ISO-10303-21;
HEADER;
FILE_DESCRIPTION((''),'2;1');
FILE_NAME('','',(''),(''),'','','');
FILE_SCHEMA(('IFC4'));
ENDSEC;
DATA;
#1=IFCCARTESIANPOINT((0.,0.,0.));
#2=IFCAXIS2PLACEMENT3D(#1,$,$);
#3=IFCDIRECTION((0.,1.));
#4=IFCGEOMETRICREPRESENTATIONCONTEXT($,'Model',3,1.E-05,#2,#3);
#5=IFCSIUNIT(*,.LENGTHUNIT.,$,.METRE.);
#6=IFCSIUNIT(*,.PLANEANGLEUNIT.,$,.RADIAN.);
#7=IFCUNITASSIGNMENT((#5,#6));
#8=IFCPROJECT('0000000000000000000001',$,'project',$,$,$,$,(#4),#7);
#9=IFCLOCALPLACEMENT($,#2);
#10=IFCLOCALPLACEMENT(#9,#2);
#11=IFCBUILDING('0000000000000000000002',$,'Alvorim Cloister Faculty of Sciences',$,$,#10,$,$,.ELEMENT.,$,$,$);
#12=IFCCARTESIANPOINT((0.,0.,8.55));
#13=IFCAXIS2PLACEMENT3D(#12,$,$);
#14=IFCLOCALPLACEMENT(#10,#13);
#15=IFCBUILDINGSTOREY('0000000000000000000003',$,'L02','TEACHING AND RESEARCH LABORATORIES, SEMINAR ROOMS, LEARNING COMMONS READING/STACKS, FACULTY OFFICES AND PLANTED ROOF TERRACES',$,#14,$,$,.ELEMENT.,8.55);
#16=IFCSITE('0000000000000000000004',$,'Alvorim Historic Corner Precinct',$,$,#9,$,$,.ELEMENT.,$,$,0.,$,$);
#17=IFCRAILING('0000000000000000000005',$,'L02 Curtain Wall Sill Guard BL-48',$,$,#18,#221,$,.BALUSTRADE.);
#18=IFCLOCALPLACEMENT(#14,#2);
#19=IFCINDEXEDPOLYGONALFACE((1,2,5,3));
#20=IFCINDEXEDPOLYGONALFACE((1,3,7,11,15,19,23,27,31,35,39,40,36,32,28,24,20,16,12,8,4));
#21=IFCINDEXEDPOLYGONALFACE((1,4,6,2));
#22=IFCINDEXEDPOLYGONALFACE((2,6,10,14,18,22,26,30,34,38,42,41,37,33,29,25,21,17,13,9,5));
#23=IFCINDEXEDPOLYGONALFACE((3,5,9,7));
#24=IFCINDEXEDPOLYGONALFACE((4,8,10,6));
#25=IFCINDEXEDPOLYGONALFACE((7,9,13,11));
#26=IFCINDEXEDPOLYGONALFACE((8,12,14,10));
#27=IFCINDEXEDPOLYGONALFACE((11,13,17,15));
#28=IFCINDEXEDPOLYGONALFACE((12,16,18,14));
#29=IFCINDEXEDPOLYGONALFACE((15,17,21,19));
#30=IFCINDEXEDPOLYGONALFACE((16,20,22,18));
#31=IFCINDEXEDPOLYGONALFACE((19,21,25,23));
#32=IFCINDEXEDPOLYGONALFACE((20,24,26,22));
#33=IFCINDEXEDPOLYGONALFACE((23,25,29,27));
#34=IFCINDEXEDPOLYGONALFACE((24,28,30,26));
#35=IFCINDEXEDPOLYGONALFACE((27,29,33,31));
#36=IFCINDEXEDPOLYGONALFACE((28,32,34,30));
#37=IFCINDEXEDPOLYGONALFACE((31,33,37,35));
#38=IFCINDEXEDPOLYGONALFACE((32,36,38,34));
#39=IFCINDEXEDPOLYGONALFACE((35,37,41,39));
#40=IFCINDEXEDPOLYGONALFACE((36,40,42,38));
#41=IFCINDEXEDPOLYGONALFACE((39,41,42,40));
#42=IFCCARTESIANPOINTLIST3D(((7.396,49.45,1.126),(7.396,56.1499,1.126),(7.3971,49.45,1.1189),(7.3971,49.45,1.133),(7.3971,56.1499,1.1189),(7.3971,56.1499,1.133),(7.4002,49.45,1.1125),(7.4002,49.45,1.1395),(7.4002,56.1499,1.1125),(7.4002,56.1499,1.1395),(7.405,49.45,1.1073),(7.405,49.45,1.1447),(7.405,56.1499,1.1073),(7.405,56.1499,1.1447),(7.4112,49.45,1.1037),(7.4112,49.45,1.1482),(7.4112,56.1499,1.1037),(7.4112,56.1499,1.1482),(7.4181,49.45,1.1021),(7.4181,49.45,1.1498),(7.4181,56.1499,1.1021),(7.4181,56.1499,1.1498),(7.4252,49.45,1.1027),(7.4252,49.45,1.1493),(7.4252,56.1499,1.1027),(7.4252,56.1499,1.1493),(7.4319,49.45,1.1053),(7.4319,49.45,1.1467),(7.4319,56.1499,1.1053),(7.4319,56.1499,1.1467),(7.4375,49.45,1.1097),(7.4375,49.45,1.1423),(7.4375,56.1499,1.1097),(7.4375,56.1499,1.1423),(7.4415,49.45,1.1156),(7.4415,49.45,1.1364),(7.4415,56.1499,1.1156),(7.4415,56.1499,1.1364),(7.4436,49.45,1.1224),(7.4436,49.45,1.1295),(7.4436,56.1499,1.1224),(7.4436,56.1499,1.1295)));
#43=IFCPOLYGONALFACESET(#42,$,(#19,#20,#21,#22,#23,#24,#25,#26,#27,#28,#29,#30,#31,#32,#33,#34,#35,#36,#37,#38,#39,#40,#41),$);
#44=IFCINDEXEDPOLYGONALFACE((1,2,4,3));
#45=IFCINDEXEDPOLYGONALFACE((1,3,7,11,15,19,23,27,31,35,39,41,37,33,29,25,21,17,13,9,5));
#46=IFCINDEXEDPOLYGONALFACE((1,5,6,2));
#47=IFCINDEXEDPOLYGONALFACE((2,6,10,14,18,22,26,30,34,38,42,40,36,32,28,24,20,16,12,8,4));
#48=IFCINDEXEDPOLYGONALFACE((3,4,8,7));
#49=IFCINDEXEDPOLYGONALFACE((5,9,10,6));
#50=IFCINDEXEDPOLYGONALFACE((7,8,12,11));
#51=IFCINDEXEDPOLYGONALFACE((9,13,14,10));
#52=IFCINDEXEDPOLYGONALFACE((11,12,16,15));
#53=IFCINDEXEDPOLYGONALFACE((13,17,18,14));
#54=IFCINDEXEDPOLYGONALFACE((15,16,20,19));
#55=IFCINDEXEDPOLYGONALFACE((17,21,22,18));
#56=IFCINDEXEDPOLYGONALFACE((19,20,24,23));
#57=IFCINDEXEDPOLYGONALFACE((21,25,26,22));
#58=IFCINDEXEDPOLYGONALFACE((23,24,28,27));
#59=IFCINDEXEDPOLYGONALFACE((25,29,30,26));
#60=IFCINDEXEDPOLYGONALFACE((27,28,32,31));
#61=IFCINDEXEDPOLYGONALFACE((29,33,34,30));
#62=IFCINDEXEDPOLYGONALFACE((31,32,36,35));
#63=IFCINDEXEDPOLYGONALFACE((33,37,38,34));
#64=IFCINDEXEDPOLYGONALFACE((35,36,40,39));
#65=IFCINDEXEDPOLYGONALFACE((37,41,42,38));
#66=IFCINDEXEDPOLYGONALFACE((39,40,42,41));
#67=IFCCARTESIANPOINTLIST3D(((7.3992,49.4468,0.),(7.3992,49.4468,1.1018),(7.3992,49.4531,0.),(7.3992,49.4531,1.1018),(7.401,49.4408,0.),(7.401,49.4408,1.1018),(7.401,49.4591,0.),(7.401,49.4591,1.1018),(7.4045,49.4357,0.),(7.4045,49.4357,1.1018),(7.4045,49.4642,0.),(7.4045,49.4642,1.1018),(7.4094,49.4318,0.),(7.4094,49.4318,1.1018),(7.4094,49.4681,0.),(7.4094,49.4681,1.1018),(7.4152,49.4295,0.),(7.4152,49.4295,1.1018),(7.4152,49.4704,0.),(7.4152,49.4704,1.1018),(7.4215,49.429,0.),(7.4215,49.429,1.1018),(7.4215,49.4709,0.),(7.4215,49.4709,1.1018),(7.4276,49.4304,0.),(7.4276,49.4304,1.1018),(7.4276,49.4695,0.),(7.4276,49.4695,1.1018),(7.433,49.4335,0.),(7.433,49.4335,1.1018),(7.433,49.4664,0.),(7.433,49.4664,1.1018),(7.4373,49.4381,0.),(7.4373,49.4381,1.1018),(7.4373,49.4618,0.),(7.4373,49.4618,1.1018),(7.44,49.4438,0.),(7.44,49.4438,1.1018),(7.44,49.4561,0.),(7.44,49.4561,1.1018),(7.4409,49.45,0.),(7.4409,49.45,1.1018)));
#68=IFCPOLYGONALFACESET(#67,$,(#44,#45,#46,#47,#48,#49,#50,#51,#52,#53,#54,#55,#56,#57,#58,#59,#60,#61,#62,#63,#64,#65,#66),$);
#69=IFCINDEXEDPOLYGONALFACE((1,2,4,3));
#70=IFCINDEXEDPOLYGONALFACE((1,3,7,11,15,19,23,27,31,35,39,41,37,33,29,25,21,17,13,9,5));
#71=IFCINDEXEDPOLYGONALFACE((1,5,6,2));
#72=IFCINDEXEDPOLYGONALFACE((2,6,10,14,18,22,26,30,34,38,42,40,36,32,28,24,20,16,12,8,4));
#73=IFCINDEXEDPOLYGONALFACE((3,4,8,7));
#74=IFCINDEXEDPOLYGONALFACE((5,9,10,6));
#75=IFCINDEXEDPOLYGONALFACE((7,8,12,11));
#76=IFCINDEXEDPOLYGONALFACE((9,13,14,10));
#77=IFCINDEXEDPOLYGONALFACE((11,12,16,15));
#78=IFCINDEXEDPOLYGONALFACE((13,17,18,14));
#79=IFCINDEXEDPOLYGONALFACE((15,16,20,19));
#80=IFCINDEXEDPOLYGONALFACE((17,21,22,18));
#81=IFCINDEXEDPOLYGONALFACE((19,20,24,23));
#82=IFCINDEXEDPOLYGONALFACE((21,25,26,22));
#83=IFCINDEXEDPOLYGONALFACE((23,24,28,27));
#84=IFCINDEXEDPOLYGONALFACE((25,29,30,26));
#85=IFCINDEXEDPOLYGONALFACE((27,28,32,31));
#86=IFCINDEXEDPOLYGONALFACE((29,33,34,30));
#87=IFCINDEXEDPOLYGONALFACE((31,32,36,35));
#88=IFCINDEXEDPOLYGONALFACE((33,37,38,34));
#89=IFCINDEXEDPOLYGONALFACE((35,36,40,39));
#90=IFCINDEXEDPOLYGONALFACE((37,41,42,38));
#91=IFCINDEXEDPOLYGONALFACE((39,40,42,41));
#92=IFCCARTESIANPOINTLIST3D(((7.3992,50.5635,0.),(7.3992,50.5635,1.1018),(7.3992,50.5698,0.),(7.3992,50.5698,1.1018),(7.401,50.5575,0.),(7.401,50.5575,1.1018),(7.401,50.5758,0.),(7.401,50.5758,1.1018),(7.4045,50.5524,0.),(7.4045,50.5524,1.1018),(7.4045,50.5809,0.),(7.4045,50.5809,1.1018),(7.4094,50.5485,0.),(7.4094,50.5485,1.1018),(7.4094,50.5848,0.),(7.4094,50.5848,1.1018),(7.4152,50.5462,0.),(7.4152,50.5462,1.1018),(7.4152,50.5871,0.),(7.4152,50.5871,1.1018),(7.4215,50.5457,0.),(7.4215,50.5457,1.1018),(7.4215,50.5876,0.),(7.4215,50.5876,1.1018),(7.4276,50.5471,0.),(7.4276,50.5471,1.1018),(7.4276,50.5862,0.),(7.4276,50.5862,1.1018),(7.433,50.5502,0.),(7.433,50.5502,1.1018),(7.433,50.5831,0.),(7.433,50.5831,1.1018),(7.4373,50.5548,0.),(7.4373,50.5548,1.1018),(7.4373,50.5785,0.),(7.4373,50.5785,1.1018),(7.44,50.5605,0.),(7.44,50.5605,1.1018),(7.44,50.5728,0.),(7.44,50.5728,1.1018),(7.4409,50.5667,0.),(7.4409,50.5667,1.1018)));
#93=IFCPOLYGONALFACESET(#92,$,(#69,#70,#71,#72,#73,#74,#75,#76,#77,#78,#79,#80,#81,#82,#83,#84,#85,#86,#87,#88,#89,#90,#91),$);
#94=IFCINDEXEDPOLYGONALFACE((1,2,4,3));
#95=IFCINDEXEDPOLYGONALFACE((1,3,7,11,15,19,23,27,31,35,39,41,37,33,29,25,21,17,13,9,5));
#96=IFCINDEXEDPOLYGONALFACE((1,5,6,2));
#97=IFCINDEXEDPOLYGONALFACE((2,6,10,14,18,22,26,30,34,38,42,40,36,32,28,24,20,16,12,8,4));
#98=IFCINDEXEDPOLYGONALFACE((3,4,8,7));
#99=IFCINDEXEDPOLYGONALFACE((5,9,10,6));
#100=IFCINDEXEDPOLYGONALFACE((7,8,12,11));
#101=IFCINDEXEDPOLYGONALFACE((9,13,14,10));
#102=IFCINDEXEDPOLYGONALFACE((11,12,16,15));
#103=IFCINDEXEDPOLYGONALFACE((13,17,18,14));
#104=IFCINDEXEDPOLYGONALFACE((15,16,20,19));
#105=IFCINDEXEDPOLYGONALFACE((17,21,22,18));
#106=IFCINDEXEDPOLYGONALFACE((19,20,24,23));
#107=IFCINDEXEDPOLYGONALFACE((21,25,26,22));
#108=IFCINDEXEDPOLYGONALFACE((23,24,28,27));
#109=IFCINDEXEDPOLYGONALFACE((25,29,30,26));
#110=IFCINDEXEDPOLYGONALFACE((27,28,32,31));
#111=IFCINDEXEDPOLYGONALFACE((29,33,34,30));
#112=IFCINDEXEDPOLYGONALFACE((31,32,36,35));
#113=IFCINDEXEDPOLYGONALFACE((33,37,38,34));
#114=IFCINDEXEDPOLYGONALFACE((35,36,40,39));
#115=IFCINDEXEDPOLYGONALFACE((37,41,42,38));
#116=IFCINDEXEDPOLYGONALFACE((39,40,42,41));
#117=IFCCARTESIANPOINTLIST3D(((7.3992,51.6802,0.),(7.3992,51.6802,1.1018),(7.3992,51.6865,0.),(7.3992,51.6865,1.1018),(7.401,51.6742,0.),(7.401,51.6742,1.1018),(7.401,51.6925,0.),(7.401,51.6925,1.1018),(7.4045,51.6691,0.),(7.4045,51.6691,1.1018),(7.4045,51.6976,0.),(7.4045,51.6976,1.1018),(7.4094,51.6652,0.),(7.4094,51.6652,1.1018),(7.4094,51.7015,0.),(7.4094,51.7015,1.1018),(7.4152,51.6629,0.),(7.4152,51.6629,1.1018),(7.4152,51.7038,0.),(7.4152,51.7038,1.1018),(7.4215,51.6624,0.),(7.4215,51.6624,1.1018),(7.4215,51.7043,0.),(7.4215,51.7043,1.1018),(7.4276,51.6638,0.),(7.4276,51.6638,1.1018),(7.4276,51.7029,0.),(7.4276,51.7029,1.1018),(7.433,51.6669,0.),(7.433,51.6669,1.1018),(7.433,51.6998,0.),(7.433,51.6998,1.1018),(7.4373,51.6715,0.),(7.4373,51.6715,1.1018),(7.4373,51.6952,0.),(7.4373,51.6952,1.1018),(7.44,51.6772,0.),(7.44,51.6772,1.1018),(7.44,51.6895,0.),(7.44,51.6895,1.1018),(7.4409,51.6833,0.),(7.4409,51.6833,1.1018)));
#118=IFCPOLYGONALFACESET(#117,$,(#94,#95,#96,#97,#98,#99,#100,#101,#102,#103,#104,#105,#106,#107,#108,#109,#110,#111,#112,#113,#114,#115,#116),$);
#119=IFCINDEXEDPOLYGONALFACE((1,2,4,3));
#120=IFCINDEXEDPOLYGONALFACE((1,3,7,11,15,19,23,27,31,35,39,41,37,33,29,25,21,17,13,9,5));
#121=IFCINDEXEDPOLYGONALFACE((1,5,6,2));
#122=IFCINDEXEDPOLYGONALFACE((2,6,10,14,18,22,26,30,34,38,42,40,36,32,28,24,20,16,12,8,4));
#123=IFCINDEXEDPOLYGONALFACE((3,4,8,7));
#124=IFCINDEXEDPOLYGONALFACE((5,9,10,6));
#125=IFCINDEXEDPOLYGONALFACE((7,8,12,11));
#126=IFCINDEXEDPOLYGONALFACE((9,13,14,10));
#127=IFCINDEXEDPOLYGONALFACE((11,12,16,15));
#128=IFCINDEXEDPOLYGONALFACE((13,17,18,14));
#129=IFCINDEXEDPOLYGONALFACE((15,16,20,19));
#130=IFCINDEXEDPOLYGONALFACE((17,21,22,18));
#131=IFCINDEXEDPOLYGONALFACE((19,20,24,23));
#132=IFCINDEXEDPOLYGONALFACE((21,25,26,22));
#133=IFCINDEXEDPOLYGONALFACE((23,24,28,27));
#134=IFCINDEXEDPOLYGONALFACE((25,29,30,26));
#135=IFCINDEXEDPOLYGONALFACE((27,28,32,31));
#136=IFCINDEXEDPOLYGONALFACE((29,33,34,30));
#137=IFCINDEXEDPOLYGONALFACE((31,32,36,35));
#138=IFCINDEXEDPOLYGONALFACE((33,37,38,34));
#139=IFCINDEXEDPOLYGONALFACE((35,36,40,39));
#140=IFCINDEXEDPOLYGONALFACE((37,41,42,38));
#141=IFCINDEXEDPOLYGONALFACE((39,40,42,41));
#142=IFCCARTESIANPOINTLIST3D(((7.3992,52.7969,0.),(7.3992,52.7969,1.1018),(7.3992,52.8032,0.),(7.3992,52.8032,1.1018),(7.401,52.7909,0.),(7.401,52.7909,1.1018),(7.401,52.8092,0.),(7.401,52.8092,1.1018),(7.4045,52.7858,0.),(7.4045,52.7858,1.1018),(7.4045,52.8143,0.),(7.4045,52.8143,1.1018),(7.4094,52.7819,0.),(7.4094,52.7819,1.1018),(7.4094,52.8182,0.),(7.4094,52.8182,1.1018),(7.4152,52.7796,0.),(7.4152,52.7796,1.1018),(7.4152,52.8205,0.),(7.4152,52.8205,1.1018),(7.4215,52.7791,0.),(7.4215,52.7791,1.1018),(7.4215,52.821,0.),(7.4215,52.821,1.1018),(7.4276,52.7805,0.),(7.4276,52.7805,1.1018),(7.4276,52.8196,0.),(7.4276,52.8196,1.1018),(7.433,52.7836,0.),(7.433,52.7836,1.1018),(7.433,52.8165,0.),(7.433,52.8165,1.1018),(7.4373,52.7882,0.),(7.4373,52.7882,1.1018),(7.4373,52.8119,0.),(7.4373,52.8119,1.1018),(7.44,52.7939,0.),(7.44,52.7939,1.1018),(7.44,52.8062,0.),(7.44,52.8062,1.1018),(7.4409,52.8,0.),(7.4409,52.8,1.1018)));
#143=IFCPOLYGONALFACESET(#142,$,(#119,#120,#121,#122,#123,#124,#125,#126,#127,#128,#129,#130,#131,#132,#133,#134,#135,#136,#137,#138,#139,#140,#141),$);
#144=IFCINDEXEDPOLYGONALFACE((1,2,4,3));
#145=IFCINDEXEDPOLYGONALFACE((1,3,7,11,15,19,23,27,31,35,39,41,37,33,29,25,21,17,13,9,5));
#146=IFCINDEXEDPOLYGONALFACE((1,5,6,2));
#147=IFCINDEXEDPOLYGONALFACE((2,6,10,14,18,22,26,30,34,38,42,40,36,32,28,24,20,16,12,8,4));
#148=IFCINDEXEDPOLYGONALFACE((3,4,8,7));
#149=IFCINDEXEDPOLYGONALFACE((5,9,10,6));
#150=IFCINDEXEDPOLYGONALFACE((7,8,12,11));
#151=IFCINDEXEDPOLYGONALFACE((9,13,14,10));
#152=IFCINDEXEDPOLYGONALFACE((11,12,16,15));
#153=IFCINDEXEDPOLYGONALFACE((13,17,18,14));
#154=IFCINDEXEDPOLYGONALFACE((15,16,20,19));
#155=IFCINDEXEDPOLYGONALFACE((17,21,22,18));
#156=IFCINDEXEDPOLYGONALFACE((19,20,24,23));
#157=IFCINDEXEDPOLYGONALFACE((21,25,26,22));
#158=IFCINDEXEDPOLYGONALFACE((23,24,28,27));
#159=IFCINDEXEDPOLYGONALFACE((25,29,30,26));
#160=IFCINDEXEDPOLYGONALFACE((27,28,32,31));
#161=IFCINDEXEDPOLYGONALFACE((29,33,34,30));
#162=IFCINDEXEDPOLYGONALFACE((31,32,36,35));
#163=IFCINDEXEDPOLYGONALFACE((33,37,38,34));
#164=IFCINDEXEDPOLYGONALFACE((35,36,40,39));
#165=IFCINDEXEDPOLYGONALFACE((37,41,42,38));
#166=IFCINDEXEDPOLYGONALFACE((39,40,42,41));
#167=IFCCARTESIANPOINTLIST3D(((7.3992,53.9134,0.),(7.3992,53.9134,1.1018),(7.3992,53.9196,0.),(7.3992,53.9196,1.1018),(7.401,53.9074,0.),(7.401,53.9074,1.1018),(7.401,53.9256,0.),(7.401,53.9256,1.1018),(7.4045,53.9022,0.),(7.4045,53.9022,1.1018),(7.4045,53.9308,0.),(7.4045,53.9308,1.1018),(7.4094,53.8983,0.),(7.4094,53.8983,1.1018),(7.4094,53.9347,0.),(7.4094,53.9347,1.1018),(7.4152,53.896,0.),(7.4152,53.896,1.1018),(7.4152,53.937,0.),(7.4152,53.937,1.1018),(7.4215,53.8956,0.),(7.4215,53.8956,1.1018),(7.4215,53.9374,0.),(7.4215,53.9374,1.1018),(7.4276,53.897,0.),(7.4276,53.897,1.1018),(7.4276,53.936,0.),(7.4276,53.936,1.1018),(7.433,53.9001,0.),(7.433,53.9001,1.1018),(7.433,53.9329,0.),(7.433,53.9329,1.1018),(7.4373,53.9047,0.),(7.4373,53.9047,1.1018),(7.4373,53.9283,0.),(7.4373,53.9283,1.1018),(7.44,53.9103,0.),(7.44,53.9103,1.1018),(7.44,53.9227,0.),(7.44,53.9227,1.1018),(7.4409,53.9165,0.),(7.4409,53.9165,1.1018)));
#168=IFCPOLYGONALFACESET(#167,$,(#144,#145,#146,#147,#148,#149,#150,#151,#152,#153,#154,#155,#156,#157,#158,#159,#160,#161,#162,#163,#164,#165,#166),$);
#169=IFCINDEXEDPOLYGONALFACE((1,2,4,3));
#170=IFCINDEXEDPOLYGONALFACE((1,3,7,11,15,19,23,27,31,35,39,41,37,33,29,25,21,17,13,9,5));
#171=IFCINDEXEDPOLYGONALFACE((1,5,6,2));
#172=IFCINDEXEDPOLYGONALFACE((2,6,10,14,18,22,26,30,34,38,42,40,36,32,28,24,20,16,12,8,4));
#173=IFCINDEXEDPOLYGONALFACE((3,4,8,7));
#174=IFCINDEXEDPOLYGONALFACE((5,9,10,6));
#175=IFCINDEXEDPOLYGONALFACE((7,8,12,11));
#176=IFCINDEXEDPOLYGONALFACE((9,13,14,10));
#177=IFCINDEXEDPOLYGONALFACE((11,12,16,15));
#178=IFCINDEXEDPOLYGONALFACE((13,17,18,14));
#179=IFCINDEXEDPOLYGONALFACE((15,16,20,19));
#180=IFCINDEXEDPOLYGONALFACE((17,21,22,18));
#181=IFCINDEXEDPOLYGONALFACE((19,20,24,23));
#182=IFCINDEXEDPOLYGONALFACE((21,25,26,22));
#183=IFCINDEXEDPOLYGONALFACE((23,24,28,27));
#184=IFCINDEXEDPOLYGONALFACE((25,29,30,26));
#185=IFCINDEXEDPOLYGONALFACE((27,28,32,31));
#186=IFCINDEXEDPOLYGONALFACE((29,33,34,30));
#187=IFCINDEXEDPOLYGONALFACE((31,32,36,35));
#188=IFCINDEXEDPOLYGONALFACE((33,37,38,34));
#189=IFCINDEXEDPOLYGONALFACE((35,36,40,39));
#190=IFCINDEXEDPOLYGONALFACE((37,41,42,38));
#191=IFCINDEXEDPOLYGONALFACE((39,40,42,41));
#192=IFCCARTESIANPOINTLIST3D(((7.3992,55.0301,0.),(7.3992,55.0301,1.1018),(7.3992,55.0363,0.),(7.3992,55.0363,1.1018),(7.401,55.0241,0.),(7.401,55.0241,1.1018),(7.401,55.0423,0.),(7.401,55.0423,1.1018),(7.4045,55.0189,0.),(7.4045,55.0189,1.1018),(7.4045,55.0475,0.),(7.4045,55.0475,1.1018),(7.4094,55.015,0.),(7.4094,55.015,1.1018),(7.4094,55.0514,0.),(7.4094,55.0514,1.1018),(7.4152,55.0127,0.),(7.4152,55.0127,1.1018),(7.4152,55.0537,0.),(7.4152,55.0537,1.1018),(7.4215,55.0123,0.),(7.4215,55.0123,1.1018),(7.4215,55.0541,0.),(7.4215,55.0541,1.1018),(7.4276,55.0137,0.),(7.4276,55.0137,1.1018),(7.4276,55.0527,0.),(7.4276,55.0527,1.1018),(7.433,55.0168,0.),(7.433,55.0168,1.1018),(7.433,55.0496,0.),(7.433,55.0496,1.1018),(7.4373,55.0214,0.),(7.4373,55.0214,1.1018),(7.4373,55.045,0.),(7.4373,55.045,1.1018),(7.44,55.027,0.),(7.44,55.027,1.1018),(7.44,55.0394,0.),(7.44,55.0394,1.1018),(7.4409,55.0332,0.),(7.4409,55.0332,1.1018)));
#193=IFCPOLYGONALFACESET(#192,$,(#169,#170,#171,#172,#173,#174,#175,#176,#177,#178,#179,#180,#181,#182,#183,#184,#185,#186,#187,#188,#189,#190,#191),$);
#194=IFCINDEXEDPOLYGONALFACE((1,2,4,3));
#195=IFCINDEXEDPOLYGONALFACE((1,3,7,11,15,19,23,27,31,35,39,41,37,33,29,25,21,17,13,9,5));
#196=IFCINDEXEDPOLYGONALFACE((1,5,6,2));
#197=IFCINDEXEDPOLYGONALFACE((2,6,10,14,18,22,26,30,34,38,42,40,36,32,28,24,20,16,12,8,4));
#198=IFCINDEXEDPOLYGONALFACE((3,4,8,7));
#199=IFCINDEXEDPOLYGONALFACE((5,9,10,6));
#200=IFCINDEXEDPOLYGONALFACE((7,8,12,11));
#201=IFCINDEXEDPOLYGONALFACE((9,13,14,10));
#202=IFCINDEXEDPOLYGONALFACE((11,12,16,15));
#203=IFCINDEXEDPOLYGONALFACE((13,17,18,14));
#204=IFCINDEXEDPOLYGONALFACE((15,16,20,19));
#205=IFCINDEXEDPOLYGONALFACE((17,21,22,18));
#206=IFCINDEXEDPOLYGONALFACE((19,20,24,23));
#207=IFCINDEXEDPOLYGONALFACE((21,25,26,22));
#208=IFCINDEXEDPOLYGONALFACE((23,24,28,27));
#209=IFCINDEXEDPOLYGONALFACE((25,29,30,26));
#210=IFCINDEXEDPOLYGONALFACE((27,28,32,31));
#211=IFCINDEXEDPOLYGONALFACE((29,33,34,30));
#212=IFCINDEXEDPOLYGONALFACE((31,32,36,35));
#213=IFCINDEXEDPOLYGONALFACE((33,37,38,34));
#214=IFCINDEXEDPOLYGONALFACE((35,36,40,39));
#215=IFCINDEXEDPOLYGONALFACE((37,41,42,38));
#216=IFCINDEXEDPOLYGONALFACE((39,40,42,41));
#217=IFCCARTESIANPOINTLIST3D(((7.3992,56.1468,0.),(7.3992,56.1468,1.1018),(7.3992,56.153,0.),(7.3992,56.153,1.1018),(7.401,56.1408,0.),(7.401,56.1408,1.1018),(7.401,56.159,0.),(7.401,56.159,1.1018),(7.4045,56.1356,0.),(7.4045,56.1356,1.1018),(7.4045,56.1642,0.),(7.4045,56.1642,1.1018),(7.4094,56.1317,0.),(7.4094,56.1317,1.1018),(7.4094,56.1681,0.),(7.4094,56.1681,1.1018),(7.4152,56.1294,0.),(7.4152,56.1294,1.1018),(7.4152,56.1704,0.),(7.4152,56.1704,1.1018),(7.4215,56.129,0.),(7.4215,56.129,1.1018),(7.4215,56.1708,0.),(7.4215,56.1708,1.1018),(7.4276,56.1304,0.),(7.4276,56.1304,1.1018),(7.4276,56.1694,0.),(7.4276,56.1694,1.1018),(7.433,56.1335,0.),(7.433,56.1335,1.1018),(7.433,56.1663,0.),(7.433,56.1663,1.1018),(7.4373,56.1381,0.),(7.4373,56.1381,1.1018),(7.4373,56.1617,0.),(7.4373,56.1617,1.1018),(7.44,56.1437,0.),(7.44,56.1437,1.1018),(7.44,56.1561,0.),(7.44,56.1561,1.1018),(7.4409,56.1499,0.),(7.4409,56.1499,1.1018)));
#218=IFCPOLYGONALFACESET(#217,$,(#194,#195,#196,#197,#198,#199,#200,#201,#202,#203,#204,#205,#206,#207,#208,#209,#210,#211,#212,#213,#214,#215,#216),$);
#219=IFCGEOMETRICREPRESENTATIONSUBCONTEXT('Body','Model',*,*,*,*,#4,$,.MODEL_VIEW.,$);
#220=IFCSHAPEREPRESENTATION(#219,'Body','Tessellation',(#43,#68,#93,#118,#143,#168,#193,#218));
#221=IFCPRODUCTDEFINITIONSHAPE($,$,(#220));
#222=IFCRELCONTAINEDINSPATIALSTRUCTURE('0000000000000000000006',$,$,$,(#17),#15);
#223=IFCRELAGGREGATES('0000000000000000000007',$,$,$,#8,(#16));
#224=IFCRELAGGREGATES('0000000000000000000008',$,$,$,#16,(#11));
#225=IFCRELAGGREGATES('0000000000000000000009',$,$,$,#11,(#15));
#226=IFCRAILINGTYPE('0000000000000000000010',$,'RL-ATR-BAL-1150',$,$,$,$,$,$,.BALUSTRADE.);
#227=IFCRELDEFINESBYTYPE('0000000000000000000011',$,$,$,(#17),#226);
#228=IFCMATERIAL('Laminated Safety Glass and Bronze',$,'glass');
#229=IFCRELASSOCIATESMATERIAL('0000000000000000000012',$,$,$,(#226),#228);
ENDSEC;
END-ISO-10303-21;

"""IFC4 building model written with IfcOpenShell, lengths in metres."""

from ifc_helpers import new_model, si_unit, direction, frame, origin, origin_2d, place, context, subcontext, project, spatial, circle, extrude, material, type_object, element, save


model = new_model("IFC4")

# Units and contexts
model_context = context("Model", 3, precision=1e-05, world=origin(), true_north=direction((0.0, 1.0)))
body_context = subcontext(model_context, "Body", "Model", "MODEL_VIEW")
ifc_project = project(units=[si_unit("LENGTHUNIT", "METRE"), si_unit("PLANEANGLEUNIT", "RADIAN")], contexts=[model_context])

# Site, building, storey
site_placement = place(None, origin())
site = spatial("IfcSite", under=ifc_project, at=site_placement, Name="Alvorim Historic Corner Precinct", CompositionType="ELEMENT", RefElevation=0.0)
building_placement = place(site_placement, origin())
building = spatial("IfcBuilding", under=site, at=building_placement, Name="Alvorim Cloister Faculty of Sciences", CompositionType="ELEMENT")
storey_placement = place(building_placement, frame((0.0, 0.0, 8.55)))
storey = spatial("IfcBuildingStorey", under=building, at=storey_placement, Name="L02", Description="TEACHING AND RESEARCH LABORATORIES, SEMINAR ROOMS, LEARNING COMMONS READING/STACKS, FACULTY OFFICES AND PLANTED ROOF TERRACES", CompositionType="ELEMENT", Elevation=8.55)

# Railing
ifc_material_1 = material(Name="Laminated Safety Glass and Bronze", Category="glass")
railing_type_1 = type_object("IfcRailingType", Name="RL-ATR-BAL-1150", PredefinedType="BALUSTRADE", material=ifc_material_1)
railing_1_placement = place(storey_placement, frame((7.4199, 49.45, 0.0)))
element("IfcRailing", 1, at=railing_1_placement, inside=storey, type_object=railing_type_1, Name="L02 Curtain Wall Sill Guard BL-48", PredefinedType="BALUSTRADE", context=body_context, shape_type="SweptSolid", body=[
    extrude(circle(Radius=0.0239, at=origin_2d()), frame((0.0, 0.0, 1.126), z_axis=(0.0, 1.0, 0.0), x_axis=(-1.0, 0.0, 0.0)), (0.0, 0.0, 1.0), 6.7),
    extrude(circle(Radius=0.021, at=origin_2d()), origin(), (0.0, 0.0, 1.0), 1.1018),
    extrude(circle(Radius=0.021, at=origin_2d()), frame((0.0, 1.1167, 0.0)), (0.0, 0.0, 1.0), 1.1018),
    extrude(circle(Radius=0.021, at=origin_2d()), frame((0.0, 2.2334, 0.0)), (0.0, 0.0, 1.0), 1.1018),
    extrude(circle(Radius=0.021, at=origin_2d()), frame((0.0, 3.3501, 0.0)), (0.0, 0.0, 1.0), 1.1018),
    extrude(circle(Radius=0.021, at=origin_2d()), frame((0.0, 4.4666, 0.0)), (0.0, 0.0, 1.0), 1.1018),
    extrude(circle(Radius=0.021, at=origin_2d()), frame((0.0, 5.5833, 0.0)), (0.0, 0.0, 1.0), 1.1018),
    extrude(circle(Radius=0.021, at=origin_2d()), frame((0.0, 6.7, 0.0)), (0.0, 0.0, 1.0), 1.1018),
])

save(model, "model.ifc")
